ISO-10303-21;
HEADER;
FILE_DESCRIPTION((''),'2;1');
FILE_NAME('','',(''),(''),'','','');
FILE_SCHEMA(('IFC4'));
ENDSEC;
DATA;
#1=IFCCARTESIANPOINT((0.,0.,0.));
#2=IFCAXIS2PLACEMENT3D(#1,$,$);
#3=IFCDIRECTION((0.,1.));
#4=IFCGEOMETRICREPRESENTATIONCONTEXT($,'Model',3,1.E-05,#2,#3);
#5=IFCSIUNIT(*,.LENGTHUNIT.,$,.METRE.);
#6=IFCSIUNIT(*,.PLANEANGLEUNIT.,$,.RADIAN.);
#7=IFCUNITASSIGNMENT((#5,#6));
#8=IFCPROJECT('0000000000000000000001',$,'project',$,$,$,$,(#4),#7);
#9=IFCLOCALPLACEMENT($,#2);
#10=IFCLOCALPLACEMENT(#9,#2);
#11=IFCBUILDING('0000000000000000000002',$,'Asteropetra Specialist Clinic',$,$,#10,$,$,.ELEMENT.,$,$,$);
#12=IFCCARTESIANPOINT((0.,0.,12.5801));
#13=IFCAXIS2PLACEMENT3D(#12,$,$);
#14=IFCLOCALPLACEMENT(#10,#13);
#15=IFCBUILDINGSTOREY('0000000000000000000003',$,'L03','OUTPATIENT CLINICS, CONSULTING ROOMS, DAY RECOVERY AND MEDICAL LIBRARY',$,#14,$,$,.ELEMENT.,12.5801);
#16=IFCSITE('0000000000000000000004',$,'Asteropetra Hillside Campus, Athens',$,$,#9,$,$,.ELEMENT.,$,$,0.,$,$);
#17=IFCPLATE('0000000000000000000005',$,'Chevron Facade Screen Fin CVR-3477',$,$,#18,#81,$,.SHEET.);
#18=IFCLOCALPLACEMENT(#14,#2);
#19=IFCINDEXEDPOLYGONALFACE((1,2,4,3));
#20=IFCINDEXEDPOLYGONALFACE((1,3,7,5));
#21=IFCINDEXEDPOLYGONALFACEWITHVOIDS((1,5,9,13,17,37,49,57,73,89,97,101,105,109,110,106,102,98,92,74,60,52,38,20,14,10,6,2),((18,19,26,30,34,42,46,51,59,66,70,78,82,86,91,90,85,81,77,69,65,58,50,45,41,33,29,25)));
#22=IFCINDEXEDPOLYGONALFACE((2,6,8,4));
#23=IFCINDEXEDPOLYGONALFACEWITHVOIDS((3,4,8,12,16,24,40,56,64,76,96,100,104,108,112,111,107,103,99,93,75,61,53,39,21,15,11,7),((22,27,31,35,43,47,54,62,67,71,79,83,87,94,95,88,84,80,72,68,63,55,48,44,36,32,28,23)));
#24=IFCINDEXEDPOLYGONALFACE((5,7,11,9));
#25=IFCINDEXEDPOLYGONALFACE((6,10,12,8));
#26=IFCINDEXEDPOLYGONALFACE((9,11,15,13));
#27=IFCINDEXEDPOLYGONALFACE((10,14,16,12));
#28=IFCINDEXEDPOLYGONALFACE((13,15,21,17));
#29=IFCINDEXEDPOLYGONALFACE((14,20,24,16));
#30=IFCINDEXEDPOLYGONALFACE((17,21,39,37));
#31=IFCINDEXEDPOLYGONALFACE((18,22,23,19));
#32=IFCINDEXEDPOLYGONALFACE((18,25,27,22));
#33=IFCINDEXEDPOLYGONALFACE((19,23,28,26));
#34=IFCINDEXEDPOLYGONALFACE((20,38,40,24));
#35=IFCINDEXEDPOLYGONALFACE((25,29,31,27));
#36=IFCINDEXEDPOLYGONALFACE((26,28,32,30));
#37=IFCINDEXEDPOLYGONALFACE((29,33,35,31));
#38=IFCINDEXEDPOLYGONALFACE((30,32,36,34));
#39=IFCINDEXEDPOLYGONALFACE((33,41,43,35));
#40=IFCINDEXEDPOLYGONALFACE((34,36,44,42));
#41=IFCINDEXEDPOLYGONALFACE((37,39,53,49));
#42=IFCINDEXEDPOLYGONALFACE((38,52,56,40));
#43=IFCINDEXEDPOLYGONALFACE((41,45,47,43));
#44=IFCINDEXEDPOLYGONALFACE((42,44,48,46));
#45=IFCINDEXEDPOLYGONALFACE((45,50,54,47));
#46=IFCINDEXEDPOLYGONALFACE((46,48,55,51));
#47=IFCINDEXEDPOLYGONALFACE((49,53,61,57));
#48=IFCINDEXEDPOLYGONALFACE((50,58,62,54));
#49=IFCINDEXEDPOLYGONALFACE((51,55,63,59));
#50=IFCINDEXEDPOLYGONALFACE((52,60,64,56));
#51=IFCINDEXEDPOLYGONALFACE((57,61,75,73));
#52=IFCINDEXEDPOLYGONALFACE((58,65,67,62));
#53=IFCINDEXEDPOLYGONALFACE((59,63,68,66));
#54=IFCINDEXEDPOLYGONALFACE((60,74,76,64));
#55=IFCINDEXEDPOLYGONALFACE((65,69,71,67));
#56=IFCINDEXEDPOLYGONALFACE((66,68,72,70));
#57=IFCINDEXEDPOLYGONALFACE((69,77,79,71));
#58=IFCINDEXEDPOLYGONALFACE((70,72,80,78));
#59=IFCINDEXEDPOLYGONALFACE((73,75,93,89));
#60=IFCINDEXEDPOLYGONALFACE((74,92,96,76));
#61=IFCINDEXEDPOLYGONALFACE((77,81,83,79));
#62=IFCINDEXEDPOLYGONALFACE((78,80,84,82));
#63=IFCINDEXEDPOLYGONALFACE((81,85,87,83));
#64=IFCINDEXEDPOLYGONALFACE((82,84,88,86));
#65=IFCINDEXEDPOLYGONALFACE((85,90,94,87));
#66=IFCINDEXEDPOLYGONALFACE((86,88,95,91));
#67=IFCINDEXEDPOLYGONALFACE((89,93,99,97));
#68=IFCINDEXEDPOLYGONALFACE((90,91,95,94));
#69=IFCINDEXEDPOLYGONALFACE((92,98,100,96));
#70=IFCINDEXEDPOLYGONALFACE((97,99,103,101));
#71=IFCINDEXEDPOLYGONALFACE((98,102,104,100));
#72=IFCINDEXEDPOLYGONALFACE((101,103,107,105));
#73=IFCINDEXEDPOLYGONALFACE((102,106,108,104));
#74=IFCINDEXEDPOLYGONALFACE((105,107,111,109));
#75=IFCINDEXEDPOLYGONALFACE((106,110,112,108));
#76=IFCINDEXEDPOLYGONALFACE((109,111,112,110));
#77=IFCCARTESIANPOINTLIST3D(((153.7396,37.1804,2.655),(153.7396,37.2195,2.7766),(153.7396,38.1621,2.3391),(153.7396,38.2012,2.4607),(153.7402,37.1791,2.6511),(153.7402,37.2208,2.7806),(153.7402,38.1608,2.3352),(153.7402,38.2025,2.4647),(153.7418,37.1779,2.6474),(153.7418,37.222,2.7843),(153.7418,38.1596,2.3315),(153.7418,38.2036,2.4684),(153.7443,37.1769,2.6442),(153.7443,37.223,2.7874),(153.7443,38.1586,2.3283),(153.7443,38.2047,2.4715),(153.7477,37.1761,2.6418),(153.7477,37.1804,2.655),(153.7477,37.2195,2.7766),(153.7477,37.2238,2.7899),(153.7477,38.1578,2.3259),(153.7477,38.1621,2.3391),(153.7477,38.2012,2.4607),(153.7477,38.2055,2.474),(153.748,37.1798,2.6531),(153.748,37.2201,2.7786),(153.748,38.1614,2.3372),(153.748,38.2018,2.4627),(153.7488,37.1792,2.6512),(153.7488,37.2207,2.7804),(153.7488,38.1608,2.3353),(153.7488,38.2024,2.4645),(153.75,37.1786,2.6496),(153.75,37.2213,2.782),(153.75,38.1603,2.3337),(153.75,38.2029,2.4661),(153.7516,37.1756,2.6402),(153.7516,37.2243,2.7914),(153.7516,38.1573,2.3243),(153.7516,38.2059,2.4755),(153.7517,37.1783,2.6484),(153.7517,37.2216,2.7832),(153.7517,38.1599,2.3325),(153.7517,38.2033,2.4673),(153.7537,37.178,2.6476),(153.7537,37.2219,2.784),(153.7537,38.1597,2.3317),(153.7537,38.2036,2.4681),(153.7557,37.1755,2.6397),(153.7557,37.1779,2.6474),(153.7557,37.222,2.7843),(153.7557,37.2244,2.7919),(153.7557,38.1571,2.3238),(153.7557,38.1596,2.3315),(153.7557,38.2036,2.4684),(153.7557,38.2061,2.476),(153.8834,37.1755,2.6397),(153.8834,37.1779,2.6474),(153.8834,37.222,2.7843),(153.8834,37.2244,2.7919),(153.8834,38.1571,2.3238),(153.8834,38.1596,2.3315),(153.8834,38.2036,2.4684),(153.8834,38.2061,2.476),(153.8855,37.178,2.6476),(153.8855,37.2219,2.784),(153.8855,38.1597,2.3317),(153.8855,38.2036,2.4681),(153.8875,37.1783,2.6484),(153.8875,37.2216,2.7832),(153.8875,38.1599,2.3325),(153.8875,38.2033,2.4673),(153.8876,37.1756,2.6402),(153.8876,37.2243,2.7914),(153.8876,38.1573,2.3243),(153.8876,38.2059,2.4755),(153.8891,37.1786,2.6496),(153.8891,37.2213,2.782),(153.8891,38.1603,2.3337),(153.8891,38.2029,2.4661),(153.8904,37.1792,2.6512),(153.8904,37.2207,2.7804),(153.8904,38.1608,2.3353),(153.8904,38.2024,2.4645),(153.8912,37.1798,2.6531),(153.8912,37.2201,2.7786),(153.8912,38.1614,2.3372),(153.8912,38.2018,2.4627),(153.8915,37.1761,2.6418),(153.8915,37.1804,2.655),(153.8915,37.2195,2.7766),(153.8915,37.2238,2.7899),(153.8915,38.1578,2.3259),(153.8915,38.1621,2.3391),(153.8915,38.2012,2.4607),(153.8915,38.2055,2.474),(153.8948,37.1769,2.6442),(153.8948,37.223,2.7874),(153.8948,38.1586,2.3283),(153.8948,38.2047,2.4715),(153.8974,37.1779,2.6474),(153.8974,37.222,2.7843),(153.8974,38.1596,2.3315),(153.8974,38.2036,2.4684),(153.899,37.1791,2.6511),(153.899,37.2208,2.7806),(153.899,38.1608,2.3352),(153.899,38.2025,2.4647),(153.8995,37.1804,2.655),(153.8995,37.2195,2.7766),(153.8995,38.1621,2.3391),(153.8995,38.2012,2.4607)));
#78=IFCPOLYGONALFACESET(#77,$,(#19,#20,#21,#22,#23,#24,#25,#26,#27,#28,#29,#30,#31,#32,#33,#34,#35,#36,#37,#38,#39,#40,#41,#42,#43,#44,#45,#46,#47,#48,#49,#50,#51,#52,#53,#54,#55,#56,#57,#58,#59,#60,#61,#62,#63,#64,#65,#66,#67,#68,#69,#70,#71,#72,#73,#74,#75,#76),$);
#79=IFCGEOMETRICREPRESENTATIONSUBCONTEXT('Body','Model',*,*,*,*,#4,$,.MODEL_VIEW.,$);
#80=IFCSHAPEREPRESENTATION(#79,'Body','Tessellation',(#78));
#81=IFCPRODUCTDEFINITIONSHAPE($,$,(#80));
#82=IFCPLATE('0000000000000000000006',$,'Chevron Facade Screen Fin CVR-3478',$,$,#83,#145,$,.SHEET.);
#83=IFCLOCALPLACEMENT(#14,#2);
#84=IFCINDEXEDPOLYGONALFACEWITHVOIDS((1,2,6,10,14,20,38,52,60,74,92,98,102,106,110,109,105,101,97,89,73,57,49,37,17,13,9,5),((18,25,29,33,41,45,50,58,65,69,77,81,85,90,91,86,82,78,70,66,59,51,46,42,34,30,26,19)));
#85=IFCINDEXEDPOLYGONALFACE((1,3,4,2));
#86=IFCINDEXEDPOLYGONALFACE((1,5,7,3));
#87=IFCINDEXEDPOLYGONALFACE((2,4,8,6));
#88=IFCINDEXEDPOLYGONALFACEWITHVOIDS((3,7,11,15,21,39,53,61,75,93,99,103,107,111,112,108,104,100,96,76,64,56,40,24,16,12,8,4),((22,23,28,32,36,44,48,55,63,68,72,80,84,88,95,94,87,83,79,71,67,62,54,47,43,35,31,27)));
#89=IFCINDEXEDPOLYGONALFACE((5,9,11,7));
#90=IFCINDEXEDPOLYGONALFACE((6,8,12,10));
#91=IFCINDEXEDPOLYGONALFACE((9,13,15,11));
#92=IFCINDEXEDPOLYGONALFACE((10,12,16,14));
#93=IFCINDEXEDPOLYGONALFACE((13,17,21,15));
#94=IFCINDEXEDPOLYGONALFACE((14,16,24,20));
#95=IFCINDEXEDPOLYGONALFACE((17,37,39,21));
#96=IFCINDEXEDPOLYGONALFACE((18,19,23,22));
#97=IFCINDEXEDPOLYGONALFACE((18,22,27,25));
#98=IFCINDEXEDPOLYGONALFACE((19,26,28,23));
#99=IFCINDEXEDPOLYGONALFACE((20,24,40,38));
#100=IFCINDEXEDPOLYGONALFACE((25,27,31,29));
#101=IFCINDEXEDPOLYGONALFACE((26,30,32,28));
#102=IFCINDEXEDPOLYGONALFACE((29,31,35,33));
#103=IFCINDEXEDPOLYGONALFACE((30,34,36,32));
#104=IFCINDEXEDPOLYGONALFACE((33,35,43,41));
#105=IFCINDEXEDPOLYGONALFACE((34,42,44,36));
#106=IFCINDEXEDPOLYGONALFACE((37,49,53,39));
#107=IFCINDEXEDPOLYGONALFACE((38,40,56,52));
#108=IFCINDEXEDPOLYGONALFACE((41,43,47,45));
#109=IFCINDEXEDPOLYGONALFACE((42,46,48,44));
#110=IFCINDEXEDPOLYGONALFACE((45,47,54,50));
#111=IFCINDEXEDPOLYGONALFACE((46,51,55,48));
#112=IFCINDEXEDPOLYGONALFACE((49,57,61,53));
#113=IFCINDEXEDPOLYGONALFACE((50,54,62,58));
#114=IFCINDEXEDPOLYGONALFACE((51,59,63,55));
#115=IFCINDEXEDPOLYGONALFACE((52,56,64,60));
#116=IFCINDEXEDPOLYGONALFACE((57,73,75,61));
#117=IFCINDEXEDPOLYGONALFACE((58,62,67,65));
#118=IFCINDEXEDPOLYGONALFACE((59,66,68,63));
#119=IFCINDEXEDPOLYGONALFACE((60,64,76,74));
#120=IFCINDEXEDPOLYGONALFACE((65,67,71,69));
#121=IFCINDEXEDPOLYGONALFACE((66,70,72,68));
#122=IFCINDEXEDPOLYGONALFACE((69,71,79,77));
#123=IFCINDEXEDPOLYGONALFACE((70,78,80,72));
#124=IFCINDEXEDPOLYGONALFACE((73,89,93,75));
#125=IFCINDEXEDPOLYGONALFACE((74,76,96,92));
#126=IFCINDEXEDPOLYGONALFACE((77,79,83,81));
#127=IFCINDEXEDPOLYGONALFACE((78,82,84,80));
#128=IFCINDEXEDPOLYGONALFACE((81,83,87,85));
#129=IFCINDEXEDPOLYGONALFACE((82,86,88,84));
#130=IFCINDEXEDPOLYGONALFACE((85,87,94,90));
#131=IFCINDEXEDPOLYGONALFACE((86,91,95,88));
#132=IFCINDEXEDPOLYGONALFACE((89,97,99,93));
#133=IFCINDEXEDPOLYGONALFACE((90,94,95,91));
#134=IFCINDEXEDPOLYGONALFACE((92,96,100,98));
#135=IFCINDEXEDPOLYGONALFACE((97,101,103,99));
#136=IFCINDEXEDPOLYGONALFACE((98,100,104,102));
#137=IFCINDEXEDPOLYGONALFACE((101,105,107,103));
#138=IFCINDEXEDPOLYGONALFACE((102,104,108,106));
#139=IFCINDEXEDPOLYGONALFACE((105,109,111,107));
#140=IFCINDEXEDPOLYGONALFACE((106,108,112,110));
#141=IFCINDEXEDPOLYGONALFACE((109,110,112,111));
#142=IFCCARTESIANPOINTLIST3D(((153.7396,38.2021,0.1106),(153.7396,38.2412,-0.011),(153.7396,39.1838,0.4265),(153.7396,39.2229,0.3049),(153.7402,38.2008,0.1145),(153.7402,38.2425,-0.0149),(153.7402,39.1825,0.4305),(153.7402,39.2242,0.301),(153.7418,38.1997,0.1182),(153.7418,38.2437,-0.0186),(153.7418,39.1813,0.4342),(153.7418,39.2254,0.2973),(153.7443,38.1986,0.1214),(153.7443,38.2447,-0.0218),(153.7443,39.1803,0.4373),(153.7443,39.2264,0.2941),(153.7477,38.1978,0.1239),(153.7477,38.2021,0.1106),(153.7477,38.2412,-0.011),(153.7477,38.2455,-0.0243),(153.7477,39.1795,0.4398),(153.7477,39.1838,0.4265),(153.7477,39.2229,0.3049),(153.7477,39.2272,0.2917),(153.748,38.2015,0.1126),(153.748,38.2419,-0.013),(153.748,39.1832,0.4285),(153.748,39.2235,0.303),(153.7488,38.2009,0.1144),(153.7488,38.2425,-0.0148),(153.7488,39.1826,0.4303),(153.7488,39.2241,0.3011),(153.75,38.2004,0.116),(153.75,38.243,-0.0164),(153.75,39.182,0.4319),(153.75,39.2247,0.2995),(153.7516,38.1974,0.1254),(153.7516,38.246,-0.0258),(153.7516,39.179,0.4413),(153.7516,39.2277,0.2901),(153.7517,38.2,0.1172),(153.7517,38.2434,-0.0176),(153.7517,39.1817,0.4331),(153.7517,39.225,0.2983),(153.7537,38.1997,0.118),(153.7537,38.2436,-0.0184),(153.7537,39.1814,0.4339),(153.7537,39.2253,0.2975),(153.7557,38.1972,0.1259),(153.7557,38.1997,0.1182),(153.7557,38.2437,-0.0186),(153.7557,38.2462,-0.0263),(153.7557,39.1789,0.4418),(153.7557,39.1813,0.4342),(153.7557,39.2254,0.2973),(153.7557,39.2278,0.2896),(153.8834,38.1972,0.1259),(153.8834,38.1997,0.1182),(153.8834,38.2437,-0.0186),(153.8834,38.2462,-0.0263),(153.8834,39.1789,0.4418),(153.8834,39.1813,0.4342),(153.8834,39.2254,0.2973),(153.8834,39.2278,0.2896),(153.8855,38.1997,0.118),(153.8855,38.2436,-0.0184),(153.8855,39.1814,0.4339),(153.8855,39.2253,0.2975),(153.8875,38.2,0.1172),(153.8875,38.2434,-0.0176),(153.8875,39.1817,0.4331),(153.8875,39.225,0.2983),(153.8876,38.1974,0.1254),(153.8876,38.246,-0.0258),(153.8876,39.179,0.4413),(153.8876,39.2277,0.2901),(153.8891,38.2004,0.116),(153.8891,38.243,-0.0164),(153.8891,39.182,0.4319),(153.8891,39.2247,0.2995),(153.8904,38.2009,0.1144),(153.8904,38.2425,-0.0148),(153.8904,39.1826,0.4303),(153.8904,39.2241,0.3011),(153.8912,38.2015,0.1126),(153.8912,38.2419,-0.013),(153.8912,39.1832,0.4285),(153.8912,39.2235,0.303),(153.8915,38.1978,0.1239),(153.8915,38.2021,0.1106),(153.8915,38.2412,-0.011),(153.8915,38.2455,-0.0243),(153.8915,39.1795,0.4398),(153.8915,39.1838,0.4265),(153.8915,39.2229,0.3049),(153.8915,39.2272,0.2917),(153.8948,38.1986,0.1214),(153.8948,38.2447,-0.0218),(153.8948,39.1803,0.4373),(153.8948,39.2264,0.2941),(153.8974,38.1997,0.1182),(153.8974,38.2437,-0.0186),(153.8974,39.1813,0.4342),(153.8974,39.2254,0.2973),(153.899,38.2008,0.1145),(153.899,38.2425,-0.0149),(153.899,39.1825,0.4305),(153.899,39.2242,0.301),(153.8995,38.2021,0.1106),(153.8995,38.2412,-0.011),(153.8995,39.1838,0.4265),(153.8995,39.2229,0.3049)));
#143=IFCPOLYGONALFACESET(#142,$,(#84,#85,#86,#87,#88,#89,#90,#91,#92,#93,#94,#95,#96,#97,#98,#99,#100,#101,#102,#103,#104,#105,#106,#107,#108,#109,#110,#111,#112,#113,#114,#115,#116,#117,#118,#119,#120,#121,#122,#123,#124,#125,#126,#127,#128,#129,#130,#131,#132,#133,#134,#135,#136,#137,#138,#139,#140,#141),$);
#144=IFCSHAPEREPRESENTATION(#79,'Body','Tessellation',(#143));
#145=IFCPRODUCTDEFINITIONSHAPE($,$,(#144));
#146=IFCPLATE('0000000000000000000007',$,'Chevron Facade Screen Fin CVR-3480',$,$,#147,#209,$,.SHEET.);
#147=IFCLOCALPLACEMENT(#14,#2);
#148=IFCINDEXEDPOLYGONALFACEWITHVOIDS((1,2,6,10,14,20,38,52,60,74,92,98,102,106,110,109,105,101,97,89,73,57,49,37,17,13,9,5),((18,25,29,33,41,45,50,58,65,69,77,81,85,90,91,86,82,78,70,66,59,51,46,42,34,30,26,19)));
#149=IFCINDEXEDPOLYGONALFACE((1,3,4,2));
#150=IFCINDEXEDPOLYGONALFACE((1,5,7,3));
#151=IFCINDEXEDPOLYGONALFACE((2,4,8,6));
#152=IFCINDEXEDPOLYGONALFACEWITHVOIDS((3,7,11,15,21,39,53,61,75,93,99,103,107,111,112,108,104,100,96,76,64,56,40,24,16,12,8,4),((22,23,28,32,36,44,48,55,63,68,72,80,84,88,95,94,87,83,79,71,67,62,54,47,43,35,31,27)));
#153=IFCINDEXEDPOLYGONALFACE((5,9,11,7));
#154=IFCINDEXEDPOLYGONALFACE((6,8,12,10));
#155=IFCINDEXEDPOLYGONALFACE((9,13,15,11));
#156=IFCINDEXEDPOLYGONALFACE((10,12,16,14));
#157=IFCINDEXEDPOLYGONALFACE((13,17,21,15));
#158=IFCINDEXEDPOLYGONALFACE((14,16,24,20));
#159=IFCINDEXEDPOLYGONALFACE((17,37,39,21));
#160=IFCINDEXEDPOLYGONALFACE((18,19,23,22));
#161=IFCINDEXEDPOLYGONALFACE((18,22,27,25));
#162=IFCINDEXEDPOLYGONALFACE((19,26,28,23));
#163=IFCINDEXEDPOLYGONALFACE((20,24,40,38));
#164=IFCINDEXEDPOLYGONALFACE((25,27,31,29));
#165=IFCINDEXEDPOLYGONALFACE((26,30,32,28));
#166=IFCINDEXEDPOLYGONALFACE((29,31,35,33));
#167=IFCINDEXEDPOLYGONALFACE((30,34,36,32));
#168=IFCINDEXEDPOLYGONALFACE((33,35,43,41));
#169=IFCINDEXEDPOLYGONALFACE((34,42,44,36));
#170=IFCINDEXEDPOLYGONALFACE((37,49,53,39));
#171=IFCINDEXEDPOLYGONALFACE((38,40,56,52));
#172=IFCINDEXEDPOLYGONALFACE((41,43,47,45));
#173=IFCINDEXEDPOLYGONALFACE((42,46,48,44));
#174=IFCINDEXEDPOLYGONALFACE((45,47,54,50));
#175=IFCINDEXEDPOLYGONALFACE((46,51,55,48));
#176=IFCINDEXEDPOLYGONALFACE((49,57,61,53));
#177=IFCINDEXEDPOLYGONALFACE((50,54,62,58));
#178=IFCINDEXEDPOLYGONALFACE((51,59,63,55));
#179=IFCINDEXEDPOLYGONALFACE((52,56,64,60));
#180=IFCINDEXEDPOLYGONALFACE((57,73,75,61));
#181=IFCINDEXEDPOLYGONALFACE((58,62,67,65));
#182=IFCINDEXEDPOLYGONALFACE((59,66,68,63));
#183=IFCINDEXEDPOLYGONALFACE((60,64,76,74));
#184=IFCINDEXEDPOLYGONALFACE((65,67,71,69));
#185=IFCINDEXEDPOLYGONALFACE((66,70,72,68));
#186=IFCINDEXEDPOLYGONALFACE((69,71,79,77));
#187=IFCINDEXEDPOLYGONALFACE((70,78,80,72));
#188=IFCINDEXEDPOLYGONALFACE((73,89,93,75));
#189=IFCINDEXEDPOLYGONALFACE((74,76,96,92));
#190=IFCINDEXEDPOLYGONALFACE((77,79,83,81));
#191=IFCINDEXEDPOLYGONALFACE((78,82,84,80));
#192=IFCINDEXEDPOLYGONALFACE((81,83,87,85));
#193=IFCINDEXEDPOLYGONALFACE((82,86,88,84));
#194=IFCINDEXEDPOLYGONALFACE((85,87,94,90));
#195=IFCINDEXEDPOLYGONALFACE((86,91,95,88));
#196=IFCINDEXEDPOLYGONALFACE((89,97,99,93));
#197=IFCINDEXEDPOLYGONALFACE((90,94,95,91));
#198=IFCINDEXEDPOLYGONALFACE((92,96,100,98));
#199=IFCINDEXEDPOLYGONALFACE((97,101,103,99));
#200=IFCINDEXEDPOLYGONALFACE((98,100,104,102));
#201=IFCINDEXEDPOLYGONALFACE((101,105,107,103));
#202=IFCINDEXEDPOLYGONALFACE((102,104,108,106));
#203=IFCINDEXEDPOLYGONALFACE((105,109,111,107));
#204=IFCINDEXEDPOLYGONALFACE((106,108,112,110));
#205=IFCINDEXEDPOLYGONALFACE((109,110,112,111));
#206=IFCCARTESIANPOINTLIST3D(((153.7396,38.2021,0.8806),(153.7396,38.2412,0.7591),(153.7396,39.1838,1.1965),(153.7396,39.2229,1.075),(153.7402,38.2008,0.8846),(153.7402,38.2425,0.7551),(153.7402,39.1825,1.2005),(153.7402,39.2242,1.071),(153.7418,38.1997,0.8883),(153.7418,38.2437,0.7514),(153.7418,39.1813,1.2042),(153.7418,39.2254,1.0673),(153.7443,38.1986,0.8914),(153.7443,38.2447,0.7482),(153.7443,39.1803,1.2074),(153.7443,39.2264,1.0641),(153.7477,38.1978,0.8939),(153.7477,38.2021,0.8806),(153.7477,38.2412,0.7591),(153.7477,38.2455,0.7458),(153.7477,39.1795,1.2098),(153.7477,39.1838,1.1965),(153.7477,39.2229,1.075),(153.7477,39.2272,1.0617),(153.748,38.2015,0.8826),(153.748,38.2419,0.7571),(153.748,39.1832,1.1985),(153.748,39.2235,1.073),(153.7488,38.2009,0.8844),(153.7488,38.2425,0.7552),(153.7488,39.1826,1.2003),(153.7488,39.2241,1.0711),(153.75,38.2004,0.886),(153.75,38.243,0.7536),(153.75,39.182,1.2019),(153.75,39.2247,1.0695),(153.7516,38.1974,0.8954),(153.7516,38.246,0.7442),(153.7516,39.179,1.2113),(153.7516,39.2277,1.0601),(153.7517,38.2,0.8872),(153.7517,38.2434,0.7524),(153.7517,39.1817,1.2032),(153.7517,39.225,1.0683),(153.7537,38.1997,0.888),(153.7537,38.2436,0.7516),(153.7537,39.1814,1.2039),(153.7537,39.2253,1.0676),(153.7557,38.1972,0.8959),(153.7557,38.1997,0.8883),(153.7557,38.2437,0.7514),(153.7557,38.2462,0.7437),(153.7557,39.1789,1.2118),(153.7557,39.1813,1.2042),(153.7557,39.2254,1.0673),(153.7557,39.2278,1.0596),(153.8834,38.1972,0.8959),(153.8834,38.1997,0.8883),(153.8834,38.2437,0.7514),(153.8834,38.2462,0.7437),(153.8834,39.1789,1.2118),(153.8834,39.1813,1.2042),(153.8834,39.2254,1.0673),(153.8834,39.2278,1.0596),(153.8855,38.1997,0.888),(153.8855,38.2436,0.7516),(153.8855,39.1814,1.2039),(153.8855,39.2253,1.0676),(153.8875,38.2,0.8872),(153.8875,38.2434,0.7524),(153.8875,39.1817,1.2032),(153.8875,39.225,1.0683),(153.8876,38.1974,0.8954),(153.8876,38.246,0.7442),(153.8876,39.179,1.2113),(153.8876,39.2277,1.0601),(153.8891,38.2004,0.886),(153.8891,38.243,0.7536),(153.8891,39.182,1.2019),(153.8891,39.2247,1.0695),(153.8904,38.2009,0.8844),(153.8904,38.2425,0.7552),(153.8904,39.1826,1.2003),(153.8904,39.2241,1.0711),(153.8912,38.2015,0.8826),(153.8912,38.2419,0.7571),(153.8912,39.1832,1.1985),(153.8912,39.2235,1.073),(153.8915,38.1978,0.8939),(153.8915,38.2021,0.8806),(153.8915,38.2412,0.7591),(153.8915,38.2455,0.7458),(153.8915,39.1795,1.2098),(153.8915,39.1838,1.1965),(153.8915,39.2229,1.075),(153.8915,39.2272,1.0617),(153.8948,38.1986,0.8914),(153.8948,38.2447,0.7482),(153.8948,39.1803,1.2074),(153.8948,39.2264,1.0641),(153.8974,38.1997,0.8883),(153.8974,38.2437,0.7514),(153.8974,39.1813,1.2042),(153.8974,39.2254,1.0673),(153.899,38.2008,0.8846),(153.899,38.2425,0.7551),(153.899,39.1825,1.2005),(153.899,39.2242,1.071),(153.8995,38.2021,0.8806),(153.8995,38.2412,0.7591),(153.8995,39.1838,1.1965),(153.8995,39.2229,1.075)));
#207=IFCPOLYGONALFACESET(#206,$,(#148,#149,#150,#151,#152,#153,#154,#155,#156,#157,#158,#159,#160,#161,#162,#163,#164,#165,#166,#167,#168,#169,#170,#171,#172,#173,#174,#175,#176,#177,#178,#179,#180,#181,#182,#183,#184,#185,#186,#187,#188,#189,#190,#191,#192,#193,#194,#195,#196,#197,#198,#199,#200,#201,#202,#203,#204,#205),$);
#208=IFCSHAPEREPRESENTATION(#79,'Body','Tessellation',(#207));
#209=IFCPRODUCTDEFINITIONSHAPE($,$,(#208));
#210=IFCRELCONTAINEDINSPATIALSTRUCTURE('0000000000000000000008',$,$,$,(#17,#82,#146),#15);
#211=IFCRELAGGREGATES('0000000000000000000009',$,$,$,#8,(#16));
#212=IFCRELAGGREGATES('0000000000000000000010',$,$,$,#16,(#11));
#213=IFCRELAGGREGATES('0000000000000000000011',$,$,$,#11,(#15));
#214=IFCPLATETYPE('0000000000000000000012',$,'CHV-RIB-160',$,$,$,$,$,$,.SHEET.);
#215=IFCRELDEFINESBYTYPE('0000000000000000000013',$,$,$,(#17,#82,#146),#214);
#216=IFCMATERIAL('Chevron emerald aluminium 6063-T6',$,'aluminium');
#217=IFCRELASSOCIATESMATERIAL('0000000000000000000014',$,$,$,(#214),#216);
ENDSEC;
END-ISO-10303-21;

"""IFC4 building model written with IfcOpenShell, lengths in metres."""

from ifc_helpers import new_model, si_unit, direction, frame, origin, origin_2d, place, context, subcontext, project, spatial, hollow_rectangle, extrude, material, material_profile, profile_set, type_object, element, save


model = new_model("IFC4")

# Units and contexts
model_context = context("Model", 3, precision=1e-05, world=origin(), true_north=direction((0.0, 1.0)))
body_context = subcontext(model_context, "Body", "Model", "MODEL_VIEW")
ifc_project = project(units=[si_unit("LENGTHUNIT", "METRE"), si_unit("PLANEANGLEUNIT", "RADIAN")], contexts=[model_context])

# Site, building, storey
site_placement = place(None, origin())
site = spatial("IfcSite", under=ifc_project, at=site_placement, Name="Asteropetra Hillside Campus, Athens", CompositionType="ELEMENT", RefElevation=0.0)
building_placement = place(site_placement, origin())
building = spatial("IfcBuilding", under=site, at=building_placement, Name="Asteropetra Specialist Clinic", CompositionType="ELEMENT")
storey_placement = place(building_placement, frame((0.0, 0.0, 12.5801)))
storey = spatial("IfcBuildingStorey", under=building, at=storey_placement, Name="L03", Description="OUTPATIENT CLINICS, CONSULTING ROOMS, DAY RECOVERY AND MEDICAL LIBRARY", CompositionType="ELEMENT", Elevation=12.5801)

# Plates
ifc_material_1 = material(Name="Chevron emerald aluminium 6063-T6", Category="aluminium")
ifc_material_profile = material_profile(ifc_material_1, hollow_rectangle(XDim=0.1599, YDim=0.1599, WallThickness=0.0081, InnerFilletRadius=0.0081, OuterFilletRadius=0.0161, at=origin_2d()), Name="SHS 160x160x8.0")
ifc_profile_set = profile_set([ifc_material_profile], Name="Chevron emerald aluminium 6063-T6")
plate_type_1 = type_object("IfcPlateType", Name="CHV-RIB-160", PredefinedType="SHEET", material=ifc_profile_set)
for number, where, z_axis, x_axis, name in (
    (1, (153.8196, 37.2, 2.7158), (0.0, 0.951923, -0.306339), (-1.0, 0.0, 0.0), "Chevron Facade Screen Fin CVR-3477"),
    (2, (153.8196, 38.2217, 0.0498), (0.0, 0.951923, 0.306339), (-1.0, 0.0, 0.0), "Chevron Facade Screen Fin CVR-3478"),
    (3, (153.8196, 38.2217, 0.8198), (0.0, 0.951923, 0.306339), (-1.0, 0.0, 0.0), "Chevron Facade Screen Fin CVR-3480"),
):
    element("IfcPlate", number, at=place(storey_placement, frame(where, z_axis=z_axis, x_axis=x_axis)), inside=storey, type_object=plate_type_1, Name=name, PredefinedType="SHEET", context=body_context, shape_type="SweptSolid", body=[
        extrude(hollow_rectangle(XDim=0.1599, YDim=0.1599, WallThickness=0.0081, InnerFilletRadius=0.0081, OuterFilletRadius=0.0161, at=origin_2d()), origin(), (0.0, 0.0, 1.0), 1.0312),
    ])

save(model, "model.ifc")
